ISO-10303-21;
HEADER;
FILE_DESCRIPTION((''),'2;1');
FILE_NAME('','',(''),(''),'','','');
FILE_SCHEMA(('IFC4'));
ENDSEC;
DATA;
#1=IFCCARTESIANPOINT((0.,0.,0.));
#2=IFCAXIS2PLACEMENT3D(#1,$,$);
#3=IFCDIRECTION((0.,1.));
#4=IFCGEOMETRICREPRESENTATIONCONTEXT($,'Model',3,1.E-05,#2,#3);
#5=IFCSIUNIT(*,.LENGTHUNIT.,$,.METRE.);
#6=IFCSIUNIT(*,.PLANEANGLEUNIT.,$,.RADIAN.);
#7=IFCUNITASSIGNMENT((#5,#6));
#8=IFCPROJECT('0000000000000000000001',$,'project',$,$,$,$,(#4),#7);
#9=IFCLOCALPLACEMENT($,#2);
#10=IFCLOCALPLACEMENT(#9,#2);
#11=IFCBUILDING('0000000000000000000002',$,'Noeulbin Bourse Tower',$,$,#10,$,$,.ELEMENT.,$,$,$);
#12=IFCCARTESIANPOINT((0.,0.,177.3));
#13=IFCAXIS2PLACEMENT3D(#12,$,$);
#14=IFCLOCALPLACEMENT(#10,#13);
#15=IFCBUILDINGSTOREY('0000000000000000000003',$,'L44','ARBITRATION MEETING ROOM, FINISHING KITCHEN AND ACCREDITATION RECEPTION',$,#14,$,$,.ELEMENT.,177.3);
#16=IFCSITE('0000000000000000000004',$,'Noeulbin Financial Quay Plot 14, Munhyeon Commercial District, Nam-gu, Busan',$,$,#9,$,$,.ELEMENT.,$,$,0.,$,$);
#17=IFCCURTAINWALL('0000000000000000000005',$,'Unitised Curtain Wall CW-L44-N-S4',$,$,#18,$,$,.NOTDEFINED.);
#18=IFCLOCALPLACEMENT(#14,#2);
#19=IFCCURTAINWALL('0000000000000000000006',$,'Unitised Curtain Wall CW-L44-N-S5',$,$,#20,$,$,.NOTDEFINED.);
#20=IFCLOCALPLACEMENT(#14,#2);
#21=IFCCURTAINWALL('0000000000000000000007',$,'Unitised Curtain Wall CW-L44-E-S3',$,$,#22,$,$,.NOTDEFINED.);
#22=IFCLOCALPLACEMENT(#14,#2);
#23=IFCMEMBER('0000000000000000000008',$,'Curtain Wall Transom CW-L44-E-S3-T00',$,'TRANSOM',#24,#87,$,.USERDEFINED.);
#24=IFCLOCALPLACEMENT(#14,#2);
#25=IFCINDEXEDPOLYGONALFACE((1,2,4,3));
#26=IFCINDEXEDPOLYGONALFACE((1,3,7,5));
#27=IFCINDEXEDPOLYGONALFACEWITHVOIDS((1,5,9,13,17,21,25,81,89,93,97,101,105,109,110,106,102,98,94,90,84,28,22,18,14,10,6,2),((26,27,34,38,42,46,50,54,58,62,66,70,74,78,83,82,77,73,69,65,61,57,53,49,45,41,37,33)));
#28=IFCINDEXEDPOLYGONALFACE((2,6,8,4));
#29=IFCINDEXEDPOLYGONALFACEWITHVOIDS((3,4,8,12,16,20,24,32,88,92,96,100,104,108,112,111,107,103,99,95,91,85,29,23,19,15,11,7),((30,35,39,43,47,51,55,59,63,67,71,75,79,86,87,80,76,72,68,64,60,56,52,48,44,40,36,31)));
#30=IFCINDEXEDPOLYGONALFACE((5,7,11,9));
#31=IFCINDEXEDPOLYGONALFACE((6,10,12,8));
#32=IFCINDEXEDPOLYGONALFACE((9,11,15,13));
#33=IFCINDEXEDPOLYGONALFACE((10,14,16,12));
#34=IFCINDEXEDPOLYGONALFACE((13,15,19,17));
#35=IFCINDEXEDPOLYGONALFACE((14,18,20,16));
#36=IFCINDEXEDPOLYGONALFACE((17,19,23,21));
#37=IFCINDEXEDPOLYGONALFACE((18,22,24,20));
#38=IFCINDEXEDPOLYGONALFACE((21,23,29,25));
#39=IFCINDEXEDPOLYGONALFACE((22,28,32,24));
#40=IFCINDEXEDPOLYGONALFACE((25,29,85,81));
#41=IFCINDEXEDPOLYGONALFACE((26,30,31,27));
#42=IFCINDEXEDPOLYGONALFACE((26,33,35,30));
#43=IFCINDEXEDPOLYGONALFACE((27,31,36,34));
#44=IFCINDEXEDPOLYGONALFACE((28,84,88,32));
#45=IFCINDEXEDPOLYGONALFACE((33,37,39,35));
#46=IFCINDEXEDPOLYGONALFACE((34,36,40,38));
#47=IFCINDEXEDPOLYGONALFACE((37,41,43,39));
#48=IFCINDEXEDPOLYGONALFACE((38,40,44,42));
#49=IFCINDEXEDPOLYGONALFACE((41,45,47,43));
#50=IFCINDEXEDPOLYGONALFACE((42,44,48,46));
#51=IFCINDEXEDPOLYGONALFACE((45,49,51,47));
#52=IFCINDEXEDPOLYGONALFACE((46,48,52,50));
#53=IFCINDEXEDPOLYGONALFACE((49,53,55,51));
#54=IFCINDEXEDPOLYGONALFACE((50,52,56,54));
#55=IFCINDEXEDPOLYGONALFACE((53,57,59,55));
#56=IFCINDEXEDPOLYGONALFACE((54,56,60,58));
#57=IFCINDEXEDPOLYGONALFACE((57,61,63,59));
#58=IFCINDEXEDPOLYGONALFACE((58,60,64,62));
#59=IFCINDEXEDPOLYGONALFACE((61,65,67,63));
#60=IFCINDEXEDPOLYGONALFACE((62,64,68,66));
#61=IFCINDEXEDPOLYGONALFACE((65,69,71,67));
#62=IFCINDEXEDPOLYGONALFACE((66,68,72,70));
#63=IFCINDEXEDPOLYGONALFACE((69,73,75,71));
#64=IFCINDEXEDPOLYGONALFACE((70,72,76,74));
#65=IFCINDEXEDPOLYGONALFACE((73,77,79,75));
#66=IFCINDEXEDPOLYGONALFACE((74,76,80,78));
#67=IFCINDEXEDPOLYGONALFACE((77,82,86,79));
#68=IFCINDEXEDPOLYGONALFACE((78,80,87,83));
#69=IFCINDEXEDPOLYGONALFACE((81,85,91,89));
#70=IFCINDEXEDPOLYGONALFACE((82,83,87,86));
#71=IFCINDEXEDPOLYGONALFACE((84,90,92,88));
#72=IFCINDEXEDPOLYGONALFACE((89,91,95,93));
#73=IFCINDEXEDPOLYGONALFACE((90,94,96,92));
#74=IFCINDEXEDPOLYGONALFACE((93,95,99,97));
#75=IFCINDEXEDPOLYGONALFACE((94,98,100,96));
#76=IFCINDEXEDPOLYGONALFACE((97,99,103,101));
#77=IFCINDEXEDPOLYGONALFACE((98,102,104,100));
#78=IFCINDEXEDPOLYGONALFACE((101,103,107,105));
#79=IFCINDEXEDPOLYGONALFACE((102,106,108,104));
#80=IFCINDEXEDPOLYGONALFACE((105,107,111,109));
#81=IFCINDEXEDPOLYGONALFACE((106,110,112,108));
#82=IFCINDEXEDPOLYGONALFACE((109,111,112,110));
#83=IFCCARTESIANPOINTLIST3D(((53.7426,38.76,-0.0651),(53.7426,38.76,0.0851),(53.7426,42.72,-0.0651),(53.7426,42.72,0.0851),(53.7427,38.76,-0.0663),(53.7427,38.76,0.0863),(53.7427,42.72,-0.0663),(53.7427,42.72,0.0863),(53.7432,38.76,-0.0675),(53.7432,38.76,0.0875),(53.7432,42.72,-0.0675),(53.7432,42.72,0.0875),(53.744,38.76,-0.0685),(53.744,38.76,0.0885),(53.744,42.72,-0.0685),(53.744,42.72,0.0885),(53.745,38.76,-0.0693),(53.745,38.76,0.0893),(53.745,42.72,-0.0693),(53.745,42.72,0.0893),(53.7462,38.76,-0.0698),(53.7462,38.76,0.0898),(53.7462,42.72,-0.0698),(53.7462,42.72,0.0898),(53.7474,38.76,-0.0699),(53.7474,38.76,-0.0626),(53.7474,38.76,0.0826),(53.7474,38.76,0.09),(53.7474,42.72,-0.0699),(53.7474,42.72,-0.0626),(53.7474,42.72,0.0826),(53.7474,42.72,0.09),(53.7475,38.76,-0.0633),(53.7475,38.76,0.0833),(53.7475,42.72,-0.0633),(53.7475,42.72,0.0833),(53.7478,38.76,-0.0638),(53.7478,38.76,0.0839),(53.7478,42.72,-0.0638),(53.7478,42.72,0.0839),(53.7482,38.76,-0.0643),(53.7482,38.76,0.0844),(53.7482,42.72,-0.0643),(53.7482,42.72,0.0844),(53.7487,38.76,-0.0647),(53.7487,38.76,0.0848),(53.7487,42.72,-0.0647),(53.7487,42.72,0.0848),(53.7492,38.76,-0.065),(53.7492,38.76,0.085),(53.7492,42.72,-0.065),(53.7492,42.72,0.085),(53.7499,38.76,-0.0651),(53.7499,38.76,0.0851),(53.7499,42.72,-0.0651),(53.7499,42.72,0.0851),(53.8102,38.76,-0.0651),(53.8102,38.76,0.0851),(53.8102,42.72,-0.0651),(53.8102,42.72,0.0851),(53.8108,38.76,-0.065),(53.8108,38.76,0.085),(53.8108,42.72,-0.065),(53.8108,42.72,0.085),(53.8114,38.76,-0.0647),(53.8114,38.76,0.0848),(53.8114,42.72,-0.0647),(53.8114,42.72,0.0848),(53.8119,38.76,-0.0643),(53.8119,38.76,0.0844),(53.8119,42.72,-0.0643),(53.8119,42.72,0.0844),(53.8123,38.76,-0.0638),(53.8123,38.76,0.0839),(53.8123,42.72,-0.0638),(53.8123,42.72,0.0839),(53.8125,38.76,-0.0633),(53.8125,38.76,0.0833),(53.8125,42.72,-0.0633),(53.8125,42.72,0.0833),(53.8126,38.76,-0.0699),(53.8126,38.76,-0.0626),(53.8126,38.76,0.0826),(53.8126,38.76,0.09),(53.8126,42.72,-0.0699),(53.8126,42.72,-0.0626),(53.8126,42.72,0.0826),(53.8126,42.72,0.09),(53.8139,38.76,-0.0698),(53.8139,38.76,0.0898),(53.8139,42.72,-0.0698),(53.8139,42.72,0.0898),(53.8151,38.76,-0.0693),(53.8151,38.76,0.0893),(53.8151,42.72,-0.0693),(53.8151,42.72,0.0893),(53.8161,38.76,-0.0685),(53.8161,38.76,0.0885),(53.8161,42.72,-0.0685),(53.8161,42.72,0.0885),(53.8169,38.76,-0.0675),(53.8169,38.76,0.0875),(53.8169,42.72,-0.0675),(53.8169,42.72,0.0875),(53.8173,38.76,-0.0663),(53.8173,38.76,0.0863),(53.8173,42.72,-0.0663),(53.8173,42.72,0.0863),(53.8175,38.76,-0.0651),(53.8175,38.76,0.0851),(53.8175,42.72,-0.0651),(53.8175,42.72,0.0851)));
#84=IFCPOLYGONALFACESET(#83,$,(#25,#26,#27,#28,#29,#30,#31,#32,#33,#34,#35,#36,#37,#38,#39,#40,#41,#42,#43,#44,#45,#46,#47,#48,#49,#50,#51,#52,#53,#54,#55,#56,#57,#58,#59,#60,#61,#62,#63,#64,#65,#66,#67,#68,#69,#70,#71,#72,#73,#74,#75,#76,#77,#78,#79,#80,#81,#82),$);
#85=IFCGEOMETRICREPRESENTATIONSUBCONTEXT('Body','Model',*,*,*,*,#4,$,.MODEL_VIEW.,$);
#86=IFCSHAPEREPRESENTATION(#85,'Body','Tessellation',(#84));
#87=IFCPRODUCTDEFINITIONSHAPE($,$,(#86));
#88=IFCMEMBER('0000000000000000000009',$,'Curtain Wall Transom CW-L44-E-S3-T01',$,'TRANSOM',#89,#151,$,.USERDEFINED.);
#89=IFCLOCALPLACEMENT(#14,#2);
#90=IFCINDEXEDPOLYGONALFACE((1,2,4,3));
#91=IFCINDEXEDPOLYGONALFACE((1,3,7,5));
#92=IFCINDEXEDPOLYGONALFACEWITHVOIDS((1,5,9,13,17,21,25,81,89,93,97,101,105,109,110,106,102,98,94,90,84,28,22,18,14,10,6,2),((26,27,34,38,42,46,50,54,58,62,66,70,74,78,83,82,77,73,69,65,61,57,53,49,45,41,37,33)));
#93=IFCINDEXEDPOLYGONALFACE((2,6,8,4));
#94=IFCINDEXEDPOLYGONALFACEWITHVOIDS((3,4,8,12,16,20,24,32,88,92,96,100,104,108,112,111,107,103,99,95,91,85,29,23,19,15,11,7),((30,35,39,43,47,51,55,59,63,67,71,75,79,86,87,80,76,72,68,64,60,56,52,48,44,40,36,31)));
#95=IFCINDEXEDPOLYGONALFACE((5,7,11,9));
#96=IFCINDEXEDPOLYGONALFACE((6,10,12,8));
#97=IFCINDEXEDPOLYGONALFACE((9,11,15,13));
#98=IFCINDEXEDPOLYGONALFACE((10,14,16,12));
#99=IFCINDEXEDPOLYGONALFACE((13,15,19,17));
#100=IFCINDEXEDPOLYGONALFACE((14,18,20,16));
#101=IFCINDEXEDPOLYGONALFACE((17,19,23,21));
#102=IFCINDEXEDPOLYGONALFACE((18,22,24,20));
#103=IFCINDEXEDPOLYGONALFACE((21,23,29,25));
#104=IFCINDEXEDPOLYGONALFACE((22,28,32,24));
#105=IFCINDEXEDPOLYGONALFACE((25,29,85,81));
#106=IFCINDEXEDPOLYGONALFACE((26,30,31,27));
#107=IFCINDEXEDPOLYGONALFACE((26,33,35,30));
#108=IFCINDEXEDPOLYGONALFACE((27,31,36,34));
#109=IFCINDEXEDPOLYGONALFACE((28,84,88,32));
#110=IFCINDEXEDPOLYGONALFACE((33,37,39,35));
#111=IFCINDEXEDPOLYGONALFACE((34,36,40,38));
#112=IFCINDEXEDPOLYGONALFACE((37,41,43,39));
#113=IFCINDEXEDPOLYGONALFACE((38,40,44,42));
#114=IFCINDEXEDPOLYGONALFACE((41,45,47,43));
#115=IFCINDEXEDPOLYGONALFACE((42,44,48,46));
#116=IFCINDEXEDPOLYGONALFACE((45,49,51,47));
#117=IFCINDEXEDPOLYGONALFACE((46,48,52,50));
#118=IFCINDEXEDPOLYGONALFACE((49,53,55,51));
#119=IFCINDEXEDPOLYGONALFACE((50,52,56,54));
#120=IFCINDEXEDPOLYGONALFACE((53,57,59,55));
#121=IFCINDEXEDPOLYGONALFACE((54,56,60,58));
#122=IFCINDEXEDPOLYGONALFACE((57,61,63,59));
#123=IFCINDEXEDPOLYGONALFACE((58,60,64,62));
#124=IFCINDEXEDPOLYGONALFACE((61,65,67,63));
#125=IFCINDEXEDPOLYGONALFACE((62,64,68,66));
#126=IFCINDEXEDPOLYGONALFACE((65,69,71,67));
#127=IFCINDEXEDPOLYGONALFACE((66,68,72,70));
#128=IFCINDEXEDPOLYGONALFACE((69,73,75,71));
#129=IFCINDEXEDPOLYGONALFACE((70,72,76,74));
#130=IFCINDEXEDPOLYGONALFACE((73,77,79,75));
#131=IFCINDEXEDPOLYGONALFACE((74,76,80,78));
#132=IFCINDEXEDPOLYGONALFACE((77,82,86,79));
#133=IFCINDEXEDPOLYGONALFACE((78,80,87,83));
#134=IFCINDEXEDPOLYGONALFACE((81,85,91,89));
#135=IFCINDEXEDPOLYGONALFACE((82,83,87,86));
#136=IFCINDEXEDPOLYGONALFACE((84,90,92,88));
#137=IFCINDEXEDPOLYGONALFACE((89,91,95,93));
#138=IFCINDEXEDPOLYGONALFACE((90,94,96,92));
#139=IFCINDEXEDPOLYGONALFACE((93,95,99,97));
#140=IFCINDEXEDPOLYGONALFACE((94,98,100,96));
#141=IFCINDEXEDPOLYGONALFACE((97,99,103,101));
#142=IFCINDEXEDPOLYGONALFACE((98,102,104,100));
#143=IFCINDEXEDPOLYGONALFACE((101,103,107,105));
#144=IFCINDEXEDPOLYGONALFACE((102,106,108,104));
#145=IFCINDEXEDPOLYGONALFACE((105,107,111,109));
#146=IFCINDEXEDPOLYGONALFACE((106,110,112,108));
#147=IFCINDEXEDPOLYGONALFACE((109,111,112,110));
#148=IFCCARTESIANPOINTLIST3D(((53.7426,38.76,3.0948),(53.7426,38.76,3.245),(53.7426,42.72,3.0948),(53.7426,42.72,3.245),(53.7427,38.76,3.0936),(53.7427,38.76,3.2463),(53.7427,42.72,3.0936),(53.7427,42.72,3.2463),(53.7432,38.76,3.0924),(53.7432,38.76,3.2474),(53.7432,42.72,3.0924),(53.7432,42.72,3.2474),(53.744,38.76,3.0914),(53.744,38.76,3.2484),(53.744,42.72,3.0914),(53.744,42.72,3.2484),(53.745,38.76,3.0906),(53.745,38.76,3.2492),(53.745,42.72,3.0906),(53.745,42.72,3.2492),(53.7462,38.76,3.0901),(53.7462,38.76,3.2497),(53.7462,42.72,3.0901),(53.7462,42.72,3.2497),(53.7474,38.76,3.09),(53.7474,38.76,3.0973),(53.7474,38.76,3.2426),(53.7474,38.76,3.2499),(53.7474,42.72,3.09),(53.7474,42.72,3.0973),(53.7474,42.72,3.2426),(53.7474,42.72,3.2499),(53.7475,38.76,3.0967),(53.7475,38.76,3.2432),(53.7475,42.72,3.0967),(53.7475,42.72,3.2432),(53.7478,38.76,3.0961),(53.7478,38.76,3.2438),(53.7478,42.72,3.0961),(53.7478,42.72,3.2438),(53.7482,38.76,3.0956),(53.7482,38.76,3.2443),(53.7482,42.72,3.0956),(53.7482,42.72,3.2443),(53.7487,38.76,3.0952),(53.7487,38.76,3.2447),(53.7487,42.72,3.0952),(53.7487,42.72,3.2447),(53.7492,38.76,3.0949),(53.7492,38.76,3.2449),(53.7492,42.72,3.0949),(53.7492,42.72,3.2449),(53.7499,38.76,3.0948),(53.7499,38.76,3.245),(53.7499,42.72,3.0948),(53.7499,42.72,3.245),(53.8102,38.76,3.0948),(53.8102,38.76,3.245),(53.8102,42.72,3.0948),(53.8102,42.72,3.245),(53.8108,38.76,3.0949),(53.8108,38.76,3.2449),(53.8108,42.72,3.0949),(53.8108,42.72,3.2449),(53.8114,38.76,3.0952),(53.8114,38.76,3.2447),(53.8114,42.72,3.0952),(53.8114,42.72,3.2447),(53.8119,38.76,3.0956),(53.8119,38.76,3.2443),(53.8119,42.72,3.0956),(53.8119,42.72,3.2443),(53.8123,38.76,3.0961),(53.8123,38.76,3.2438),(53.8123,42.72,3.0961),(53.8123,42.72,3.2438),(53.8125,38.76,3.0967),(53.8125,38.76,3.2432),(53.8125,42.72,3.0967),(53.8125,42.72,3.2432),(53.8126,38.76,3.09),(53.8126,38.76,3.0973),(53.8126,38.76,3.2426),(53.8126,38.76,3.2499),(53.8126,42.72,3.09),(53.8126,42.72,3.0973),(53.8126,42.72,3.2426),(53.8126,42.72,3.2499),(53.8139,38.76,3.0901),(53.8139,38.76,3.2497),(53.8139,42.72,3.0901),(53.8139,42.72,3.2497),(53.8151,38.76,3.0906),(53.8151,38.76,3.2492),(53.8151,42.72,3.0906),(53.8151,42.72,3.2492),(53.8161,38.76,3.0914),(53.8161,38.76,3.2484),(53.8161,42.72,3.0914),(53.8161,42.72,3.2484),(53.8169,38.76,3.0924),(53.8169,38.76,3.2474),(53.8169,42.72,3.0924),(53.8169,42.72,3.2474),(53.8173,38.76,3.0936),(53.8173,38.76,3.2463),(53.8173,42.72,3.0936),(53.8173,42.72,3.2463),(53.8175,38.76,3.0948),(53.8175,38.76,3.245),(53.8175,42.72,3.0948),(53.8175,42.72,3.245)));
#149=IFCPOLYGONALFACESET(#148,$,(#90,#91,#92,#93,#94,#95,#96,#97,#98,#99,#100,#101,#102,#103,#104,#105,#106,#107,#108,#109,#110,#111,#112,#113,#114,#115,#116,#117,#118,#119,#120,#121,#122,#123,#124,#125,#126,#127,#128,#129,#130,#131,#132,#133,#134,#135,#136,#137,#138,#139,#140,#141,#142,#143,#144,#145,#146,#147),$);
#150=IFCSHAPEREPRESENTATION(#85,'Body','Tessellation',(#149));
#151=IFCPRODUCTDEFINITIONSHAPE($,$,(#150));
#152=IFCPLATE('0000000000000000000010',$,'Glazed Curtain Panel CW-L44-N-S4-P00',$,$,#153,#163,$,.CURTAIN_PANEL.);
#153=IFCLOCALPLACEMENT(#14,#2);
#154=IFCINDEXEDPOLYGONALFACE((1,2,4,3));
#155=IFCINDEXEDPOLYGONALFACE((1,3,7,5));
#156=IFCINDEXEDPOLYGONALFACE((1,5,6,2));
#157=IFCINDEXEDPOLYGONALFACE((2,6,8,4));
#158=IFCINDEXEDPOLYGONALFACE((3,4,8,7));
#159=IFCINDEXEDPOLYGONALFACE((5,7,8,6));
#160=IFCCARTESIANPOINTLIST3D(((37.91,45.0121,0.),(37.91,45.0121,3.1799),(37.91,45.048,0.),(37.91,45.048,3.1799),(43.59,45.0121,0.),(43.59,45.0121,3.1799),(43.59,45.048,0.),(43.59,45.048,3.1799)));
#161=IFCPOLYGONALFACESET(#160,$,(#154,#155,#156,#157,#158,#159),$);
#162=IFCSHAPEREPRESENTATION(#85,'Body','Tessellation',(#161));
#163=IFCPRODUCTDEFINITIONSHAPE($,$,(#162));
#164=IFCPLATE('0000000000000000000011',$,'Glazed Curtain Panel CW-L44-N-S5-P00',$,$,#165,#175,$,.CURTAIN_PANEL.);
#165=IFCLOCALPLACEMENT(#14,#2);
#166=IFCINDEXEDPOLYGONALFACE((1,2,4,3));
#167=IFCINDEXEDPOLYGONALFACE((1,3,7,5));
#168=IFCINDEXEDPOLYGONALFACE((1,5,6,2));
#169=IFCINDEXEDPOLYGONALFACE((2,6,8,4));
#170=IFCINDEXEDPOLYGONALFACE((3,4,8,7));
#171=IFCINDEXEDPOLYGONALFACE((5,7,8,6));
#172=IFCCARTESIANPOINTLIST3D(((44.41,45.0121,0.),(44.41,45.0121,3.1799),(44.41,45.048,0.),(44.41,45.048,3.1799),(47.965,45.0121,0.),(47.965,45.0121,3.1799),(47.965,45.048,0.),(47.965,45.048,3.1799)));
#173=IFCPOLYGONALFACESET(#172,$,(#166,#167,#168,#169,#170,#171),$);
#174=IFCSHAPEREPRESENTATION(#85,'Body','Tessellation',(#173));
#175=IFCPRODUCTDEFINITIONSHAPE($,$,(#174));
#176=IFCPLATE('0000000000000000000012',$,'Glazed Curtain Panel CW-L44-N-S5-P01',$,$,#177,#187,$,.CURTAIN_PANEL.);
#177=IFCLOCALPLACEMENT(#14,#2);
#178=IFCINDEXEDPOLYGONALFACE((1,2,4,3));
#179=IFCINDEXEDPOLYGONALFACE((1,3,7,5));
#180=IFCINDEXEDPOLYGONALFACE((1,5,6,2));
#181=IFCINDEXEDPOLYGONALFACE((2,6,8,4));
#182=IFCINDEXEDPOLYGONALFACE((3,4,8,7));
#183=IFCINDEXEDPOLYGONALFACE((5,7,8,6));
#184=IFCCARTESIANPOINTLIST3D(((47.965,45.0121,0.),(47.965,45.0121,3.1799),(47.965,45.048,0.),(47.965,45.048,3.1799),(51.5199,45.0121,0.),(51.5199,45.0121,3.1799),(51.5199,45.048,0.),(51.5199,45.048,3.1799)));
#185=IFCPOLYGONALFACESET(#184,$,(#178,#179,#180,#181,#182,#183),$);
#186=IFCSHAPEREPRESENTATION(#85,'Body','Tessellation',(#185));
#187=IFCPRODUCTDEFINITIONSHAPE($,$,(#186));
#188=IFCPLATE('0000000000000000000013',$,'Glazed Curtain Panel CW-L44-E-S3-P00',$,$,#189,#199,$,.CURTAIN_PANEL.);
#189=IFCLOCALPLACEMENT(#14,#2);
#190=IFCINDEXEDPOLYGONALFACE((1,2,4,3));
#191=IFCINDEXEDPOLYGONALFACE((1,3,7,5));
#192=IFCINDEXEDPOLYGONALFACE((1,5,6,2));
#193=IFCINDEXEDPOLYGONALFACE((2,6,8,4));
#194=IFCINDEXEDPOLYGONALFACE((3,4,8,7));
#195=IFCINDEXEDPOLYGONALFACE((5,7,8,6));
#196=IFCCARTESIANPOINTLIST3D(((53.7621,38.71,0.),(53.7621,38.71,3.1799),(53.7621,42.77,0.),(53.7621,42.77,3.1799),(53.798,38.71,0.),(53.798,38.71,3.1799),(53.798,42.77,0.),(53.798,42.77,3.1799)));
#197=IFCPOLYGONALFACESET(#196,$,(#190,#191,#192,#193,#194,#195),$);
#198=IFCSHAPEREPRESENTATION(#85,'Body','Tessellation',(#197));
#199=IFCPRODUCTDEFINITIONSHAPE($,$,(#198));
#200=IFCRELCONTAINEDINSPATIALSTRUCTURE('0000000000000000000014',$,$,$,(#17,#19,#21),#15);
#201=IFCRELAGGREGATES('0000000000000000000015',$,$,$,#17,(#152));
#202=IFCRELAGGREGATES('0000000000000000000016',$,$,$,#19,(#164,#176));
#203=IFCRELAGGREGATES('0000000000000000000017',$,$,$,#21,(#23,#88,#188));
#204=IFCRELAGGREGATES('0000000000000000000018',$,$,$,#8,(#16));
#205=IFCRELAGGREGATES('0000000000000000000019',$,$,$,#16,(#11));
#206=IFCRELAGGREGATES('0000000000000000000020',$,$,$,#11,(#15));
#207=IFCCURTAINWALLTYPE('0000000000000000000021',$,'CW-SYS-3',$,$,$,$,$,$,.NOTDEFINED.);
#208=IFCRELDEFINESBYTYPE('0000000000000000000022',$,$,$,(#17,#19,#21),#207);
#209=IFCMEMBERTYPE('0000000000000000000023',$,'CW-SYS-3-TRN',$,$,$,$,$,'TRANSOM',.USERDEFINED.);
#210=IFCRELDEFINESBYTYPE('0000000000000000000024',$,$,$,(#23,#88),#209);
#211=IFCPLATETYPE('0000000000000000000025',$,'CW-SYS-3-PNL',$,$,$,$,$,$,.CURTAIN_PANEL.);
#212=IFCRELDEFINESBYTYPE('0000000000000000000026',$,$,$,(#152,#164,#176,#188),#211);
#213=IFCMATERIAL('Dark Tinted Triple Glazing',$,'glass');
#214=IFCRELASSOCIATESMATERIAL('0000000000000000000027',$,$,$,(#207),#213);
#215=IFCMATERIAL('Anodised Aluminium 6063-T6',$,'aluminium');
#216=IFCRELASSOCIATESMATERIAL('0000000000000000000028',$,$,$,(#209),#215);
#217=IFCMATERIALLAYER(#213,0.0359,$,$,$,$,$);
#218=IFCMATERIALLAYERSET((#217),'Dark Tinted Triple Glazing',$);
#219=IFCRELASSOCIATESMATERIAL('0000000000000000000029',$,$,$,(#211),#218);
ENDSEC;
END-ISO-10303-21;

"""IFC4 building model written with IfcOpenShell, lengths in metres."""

from ifc_helpers import new_model, si_unit, direction, frame, origin, origin_2d, place, context, subcontext, project, spatial, rectangle, hollow_rectangle, extrude, material, layer, layer_set, material_profile, profile_set, type_object, element, aggregate, save


model = new_model("IFC4")

# Units and contexts
model_context = context("Model", 3, precision=1e-05, world=origin(), true_north=direction((0.0, 1.0)))
body_context = subcontext(model_context, "Body", "Model", "MODEL_VIEW")
ifc_project = project(units=[si_unit("LENGTHUNIT", "METRE"), si_unit("PLANEANGLEUNIT", "RADIAN")], contexts=[model_context])

# Site, building, storey
site_placement = place(None, origin())
site = spatial("IfcSite", under=ifc_project, at=site_placement, Name="Noeulbin Financial Quay Plot 14, Munhyeon Commercial District, Nam-gu, Busan", CompositionType="ELEMENT", RefElevation=0.0)
building_placement = place(site_placement, origin())
building = spatial("IfcBuilding", under=site, at=building_placement, Name="Noeulbin Bourse Tower", CompositionType="ELEMENT")
storey_placement = place(building_placement, frame((0.0, 0.0, 177.3)))
storey = spatial("IfcBuildingStorey", under=building, at=storey_placement, Name="L44", Description="ARBITRATION MEETING ROOM, FINISHING KITCHEN AND ACCREDITATION RECEPTION", CompositionType="ELEMENT", Elevation=177.3)

# Curtain wall
ifc_material_1 = material(Name="Dark Tinted Triple Glazing", Category="glass")
curtain_wall_type = type_object("IfcCurtainWallType", Name="CW-SYS-3", PredefinedType="NOTDEFINED", material=ifc_material_1)
curtain_wall_1_placement = place(storey_placement, origin())
curtain_wall_1 = element("IfcCurtainWall", 1, at=curtain_wall_1_placement, inside=storey, type_object=curtain_wall_type, Name="Unitised Curtain Wall CW-L44-N-S4", PredefinedType="NOTDEFINED")
ifc_material_2 = material(Name="Anodised Aluminium 6063-T6", Category="aluminium")

# Curtain walls
curtain_wall_2_placement = place(storey_placement, origin())
curtain_wall_2 = element("IfcCurtainWall", 2, at=curtain_wall_2_placement, inside=storey, type_object=curtain_wall_type, Name="Unitised Curtain Wall CW-L44-N-S5", PredefinedType="NOTDEFINED")
curtain_wall_3_placement = place(storey_placement, origin())
curtain_wall_3 = element("IfcCurtainWall", 3, at=curtain_wall_3_placement, inside=storey, type_object=curtain_wall_type, Name="Unitised Curtain Wall CW-L44-E-S3", PredefinedType="NOTDEFINED")

# Members
ifc_material_profile_1 = material_profile(ifc_material_2, hollow_rectangle(XDim=0.075, YDim=0.1599, WallThickness=0.0049, InnerFilletRadius=0.0024, OuterFilletRadius=0.0049, at=origin_2d()), Name="ALU-TRAN-75x160x5", Category="LoadBearing")
ifc_profile_set_1 = profile_set([ifc_material_profile_1], Name="Anodised Aluminium 6063-T6")
member_type_1 = type_object("IfcMemberType", Name="CW-SYS-3-TRN", ElementType="TRANSOM", PredefinedType="USERDEFINED", material=ifc_profile_set_1)
member_1_placement = place(storey_placement, frame((53.78, 38.76, 0.01), z_axis=(0.0, 1.0, 0.0), x_axis=(-1.0, 0.0, 0.0)))
member_1 = element("IfcMember", 4, at=member_1_placement, type_object=member_type_1, Name="Curtain Wall Transom CW-L44-E-S3-T00", ObjectType="TRANSOM", PredefinedType="USERDEFINED", context=body_context, shape_type="SweptSolid", body=[
    extrude(hollow_rectangle(XDim=0.075, YDim=0.1599, WallThickness=0.0049, InnerFilletRadius=0.0024, OuterFilletRadius=0.0049, at=origin_2d()), origin(), (0.0, 0.0, 1.0), 3.96),
])
member_2_placement = place(storey_placement, frame((53.78, 38.76, 3.1699), z_axis=(0.0, 1.0, 0.0), x_axis=(-1.0, 0.0, 0.0)))
member_2 = element("IfcMember", 5, at=member_2_placement, type_object=member_type_1, Name="Curtain Wall Transom CW-L44-E-S3-T01", ObjectType="TRANSOM", PredefinedType="USERDEFINED", context=body_context, shape_type="SweptSolid", body=[
    extrude(hollow_rectangle(XDim=0.075, YDim=0.1599, WallThickness=0.0049, InnerFilletRadius=0.0024, OuterFilletRadius=0.0049, at=origin_2d()), origin(), (0.0, 0.0, 1.0), 3.96),
])

# Plates
ifc_layer_1 = layer(ifc_material_1, 0.0359)
ifc_layer_set_1 = layer_set([ifc_layer_1], Name="Dark Tinted Triple Glazing")
plate_type_1 = type_object("IfcPlateType", Name="CW-SYS-3-PNL", PredefinedType="CURTAIN_PANEL", material=ifc_layer_set_1)
plate_1_placement = place(storey_placement, frame((40.75, 45.03, 0.0), z_axis=(0.0, 0.0, 1.0), x_axis=(1.0, 0.0, 0.0)))
plate_1 = element("IfcPlate", 6, at=plate_1_placement, type_object=plate_type_1, Name="Glazed Curtain Panel CW-L44-N-S4-P00", PredefinedType="CURTAIN_PANEL", context=body_context, shape_type="SweptSolid", body=[
    extrude(rectangle(XDim=5.6799, YDim=0.0359, at=origin_2d()), origin(), (0.0, 0.0, 1.0), 3.1799),
])
aggregate(curtain_wall_1, [plate_1])
plate_2_placement = place(storey_placement, frame((46.1875, 45.03, 0.0), z_axis=(0.0, 0.0, 1.0), x_axis=(1.0, 0.0, 0.0)))
plate_2 = element("IfcPlate", 7, at=plate_2_placement, type_object=plate_type_1, Name="Glazed Curtain Panel CW-L44-N-S5-P00", PredefinedType="CURTAIN_PANEL", context=body_context, shape_type="SweptSolid", body=[
    extrude(rectangle(XDim=3.5549, YDim=0.0359, at=origin_2d()), origin(), (0.0, 0.0, 1.0), 3.1799),
])
plate_3_placement = place(storey_placement, frame((49.7424, 45.03, 0.0), z_axis=(0.0, 0.0, 1.0), x_axis=(1.0, 0.0, 0.0)))
plate_3 = element("IfcPlate", 8, at=plate_3_placement, type_object=plate_type_1, Name="Glazed Curtain Panel CW-L44-N-S5-P01", PredefinedType="CURTAIN_PANEL", context=body_context, shape_type="SweptSolid", body=[
    extrude(rectangle(XDim=3.5549, YDim=0.0359, at=origin_2d()), origin(), (0.0, 0.0, 1.0), 3.1799),
])
aggregate(curtain_wall_2, [plate_2, plate_3])
plate_4_placement = place(storey_placement, frame((53.78, 40.74, 0.0), z_axis=(0.0, 0.0, 1.0), x_axis=(0.0, 1.0, 0.0)))
plate_4 = element("IfcPlate", 9, at=plate_4_placement, type_object=plate_type_1, Name="Glazed Curtain Panel CW-L44-E-S3-P00", PredefinedType="CURTAIN_PANEL", context=body_context, shape_type="SweptSolid", body=[
    extrude(rectangle(XDim=4.0601, YDim=0.0359, at=origin_2d()), origin(), (0.0, 0.0, 1.0), 3.1799),
])
aggregate(curtain_wall_3, [member_1, member_2, plate_4])

save(model, "model.ifc")
